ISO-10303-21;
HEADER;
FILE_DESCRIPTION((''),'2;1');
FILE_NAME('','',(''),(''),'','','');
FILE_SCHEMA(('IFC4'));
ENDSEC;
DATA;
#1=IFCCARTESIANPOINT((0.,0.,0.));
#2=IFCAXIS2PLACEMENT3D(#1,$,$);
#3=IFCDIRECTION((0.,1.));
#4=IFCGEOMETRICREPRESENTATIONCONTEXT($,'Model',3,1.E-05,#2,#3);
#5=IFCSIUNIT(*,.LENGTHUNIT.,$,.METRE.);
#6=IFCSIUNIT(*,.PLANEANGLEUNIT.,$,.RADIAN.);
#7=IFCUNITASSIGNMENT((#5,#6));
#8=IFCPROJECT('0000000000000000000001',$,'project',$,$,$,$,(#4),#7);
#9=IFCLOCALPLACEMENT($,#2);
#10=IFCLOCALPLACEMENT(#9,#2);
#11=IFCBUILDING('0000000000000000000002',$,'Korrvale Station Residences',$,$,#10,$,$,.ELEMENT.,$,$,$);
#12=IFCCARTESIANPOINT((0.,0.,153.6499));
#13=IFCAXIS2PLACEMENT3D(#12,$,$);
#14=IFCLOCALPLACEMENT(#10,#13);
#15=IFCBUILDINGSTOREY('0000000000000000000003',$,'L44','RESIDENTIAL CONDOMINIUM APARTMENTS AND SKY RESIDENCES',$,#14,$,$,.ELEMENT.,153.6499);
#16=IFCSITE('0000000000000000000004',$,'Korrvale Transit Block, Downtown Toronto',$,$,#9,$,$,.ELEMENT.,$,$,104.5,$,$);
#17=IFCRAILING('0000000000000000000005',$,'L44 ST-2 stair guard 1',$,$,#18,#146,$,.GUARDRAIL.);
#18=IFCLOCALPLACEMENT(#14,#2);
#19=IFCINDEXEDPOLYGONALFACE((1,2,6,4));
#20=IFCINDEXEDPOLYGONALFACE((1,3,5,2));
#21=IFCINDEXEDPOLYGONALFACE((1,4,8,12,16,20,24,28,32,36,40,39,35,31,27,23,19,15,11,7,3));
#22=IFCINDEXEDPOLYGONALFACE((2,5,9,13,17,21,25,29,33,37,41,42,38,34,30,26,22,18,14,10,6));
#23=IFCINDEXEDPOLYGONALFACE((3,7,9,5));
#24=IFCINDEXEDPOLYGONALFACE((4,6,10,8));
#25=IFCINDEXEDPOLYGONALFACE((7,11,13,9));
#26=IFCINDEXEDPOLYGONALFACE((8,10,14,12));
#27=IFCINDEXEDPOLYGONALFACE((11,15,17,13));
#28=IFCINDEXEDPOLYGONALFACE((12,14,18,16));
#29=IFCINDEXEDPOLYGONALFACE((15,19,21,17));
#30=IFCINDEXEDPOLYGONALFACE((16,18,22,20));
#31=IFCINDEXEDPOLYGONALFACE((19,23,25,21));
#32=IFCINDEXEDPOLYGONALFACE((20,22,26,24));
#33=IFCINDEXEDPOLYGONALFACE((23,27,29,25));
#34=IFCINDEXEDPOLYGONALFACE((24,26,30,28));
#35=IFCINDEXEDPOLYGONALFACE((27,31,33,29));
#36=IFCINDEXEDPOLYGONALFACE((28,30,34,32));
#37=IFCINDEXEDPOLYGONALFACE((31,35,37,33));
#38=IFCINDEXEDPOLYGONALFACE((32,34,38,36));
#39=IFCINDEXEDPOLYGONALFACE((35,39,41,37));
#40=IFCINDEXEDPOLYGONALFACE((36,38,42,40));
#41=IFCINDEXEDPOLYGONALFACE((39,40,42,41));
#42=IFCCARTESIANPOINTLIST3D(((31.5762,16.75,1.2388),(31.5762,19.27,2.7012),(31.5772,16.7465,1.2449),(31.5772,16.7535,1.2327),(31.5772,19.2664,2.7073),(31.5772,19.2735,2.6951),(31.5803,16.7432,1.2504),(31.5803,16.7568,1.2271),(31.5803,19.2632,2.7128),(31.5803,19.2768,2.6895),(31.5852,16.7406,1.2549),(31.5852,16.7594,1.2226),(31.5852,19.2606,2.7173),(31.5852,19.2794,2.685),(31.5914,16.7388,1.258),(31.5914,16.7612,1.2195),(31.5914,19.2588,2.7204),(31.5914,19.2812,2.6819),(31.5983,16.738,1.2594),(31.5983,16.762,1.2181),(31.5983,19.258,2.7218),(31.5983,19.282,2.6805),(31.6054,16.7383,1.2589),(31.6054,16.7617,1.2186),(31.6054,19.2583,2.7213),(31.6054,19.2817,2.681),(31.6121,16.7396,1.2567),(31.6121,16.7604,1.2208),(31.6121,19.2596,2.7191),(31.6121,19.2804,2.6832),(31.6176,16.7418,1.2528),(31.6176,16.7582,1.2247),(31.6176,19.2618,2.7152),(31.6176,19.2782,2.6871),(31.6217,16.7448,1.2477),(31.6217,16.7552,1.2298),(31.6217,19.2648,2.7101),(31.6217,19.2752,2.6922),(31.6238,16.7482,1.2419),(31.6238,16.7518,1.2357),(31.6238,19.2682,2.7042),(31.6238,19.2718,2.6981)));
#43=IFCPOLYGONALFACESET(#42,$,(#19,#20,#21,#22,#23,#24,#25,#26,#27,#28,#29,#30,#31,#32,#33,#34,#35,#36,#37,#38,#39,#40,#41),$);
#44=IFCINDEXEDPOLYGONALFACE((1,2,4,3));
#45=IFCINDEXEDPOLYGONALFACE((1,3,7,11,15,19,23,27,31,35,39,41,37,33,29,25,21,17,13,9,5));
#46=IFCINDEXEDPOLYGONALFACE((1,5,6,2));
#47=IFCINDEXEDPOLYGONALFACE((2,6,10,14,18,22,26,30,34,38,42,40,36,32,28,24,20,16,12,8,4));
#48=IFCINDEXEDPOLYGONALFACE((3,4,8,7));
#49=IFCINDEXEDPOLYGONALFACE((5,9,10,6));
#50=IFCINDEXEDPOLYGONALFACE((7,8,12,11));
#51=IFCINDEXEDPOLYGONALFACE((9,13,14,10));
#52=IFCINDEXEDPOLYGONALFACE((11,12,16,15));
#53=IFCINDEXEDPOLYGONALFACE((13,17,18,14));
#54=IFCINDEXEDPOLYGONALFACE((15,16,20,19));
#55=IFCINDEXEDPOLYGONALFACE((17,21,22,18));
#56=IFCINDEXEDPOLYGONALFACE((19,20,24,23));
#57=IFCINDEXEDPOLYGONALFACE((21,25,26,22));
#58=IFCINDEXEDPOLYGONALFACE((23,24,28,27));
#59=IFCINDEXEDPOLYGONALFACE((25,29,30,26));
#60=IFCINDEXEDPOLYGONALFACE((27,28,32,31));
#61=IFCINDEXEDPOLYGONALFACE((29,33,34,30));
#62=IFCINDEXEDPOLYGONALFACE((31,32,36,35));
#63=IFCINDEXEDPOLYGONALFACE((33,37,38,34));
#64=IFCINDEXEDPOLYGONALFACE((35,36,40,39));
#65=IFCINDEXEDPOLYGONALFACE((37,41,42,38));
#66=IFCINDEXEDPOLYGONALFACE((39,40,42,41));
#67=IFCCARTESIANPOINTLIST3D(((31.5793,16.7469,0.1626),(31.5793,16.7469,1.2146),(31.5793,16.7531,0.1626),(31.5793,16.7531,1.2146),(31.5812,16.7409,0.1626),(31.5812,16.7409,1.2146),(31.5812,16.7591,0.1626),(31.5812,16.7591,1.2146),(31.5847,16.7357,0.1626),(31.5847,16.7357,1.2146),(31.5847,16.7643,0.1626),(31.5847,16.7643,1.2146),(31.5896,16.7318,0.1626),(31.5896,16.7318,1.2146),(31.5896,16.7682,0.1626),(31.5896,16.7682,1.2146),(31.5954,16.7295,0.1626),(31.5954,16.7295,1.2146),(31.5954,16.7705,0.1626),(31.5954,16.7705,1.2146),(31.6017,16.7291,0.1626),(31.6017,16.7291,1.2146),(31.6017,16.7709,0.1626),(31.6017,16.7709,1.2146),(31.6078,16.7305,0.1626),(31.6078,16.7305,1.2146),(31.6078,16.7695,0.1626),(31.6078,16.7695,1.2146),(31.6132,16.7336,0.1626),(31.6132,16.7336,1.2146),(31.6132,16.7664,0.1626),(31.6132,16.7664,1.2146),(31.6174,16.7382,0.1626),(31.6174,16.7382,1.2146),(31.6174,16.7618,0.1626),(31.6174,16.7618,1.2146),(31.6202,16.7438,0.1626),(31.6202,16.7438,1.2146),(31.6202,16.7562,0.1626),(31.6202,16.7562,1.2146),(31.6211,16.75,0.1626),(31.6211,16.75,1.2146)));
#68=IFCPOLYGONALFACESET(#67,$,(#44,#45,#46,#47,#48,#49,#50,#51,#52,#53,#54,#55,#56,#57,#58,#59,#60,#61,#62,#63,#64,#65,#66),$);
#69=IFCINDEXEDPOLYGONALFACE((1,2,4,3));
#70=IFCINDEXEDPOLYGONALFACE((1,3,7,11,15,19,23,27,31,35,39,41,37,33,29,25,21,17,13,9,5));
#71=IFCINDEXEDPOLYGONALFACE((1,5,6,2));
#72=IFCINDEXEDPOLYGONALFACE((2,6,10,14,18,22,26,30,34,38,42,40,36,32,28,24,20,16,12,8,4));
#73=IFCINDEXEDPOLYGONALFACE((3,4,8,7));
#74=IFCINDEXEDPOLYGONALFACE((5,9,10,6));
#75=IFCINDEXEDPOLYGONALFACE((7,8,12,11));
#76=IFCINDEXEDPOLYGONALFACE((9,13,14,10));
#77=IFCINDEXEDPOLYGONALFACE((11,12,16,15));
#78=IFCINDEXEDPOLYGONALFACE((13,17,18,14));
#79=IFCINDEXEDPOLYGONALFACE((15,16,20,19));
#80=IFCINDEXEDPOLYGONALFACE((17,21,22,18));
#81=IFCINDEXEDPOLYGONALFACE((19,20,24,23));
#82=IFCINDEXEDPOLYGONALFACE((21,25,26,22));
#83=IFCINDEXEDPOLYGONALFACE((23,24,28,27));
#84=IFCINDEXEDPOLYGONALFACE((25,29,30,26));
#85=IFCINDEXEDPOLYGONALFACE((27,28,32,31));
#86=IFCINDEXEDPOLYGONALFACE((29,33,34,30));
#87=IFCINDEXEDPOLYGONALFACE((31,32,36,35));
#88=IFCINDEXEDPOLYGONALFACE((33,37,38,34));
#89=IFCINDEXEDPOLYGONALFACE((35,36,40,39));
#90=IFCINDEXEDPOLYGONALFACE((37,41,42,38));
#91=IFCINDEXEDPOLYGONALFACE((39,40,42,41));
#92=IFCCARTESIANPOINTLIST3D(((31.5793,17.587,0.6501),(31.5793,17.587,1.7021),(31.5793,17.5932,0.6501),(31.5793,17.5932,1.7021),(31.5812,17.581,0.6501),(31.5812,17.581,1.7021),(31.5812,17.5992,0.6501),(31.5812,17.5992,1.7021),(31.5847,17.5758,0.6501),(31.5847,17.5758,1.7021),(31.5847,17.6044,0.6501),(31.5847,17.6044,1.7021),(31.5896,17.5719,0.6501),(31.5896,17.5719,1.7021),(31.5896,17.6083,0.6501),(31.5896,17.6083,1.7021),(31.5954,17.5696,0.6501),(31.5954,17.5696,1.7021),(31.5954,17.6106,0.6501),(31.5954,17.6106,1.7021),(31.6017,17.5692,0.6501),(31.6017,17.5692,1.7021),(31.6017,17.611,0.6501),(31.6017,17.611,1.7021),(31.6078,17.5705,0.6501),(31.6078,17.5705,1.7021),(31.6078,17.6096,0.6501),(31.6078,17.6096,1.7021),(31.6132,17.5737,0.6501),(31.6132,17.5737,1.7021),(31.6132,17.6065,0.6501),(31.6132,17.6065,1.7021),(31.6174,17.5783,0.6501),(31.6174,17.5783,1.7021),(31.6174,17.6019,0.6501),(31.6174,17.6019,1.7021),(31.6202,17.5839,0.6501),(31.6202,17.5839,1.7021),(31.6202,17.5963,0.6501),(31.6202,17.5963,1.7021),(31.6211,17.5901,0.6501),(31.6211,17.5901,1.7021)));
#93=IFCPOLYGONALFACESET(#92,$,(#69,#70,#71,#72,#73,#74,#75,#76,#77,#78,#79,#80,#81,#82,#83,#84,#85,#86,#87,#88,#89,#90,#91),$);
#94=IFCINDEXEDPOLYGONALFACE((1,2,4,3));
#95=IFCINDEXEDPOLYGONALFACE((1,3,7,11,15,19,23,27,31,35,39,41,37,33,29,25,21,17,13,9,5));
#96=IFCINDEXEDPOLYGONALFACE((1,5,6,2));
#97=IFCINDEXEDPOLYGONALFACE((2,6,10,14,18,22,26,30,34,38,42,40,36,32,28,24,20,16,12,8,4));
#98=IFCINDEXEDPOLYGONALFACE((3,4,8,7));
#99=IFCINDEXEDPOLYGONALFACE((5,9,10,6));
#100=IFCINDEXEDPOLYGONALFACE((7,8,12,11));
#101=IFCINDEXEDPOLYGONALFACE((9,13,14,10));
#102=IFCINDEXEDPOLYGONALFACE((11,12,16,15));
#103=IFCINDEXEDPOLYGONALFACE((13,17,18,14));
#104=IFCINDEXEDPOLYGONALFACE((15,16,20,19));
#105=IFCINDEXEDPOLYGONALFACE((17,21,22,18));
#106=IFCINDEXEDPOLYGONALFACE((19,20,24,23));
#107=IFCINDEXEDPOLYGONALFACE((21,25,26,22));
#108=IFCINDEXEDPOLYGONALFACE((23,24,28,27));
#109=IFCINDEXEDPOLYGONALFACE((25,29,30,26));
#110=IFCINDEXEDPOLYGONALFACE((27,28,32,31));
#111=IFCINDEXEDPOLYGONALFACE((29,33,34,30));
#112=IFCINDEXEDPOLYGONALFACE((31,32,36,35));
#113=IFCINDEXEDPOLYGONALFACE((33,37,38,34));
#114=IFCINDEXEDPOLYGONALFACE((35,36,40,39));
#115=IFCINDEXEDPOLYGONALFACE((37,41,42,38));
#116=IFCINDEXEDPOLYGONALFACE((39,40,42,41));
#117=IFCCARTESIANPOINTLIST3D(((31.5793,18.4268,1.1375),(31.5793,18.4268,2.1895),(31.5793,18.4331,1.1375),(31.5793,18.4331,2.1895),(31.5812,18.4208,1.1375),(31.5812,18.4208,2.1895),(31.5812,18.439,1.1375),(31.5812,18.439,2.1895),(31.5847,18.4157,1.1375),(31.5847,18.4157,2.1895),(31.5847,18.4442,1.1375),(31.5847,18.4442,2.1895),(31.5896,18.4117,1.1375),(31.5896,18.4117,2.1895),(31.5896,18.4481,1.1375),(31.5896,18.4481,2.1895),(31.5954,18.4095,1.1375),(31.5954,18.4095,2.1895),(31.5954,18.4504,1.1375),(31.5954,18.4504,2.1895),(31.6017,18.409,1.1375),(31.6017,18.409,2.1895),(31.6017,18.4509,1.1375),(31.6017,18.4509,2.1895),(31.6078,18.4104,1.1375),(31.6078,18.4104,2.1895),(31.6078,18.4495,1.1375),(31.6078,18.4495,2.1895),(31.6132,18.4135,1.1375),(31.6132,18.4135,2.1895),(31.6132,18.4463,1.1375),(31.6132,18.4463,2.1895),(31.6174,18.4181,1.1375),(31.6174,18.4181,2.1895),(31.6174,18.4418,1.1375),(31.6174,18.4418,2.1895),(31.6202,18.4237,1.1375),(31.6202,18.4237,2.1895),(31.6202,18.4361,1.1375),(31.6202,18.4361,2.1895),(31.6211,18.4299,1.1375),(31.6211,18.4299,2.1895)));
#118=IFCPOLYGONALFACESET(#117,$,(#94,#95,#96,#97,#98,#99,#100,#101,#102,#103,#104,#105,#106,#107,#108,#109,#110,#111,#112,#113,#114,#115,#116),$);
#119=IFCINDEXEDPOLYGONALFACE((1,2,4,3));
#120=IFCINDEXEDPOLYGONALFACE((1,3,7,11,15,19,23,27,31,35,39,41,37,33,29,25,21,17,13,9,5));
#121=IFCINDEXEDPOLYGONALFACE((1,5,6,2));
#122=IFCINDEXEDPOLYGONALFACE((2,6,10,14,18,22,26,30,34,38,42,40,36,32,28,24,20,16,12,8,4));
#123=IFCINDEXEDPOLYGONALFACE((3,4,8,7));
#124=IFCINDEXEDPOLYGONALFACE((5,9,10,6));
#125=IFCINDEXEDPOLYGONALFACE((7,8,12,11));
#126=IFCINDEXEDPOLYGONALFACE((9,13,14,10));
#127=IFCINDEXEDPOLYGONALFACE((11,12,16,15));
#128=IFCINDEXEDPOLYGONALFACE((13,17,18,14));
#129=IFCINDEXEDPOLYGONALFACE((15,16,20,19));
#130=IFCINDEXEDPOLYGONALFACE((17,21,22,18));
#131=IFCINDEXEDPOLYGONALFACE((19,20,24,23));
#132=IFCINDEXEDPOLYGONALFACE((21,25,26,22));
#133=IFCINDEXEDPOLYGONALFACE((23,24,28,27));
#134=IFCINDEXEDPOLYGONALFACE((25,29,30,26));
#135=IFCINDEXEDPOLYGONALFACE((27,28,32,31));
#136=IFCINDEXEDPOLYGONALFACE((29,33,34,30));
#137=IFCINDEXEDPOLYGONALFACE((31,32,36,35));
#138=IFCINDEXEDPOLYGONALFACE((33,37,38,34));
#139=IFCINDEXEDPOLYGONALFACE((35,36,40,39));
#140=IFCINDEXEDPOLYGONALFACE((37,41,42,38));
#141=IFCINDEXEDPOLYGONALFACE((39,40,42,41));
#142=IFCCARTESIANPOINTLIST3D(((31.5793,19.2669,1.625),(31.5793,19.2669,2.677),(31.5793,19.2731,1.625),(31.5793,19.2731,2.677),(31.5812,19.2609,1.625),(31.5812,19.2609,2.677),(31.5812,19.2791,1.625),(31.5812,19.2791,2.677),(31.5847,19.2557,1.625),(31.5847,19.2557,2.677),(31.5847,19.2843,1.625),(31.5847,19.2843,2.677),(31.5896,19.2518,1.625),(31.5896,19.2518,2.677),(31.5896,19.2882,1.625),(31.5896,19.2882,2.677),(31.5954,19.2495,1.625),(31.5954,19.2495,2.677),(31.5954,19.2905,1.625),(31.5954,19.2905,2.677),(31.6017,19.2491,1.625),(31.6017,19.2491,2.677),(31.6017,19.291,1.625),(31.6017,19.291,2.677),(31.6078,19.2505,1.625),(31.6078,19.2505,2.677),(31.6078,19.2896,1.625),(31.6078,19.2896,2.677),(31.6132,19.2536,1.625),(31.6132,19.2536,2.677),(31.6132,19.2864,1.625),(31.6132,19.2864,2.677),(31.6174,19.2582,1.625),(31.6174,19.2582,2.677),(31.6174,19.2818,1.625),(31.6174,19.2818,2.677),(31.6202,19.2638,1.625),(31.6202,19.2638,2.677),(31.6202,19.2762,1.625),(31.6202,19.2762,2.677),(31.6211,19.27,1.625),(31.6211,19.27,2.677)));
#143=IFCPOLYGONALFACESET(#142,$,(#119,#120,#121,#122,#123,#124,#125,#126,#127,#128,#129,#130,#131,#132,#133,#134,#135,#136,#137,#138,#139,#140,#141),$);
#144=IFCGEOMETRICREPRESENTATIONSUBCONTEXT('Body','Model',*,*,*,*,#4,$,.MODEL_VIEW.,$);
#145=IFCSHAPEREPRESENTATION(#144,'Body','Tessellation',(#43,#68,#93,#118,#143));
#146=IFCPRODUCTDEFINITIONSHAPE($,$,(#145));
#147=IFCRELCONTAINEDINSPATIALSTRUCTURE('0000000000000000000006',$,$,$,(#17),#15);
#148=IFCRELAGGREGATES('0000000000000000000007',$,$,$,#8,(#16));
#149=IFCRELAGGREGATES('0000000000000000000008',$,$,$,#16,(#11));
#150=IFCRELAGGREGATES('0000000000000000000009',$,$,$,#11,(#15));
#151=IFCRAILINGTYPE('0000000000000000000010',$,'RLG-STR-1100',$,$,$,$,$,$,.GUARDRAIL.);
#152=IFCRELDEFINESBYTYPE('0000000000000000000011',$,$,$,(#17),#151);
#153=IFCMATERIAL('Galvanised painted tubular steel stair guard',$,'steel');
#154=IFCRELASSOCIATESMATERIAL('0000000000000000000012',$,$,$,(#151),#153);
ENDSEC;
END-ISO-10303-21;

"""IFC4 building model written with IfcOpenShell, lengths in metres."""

from ifc_helpers import new_model, si_unit, direction, frame, origin, origin_2d, place, context, subcontext, project, spatial, circle, extrude, material, type_object, element, save


model = new_model("IFC4")

# Units and contexts
model_context = context("Model", 3, precision=1e-05, world=origin(), true_north=direction((0.0, 1.0)))
body_context = subcontext(model_context, "Body", "Model", "MODEL_VIEW")
ifc_project = project(units=[si_unit("LENGTHUNIT", "METRE"), si_unit("PLANEANGLEUNIT", "RADIAN")], contexts=[model_context])

# Site, building, storey
site_placement = place(None, origin())
site = spatial("IfcSite", under=ifc_project, at=site_placement, Name="Korrvale Transit Block, Downtown Toronto", CompositionType="ELEMENT", RefElevation=104.5)
building_placement = place(site_placement, origin())
building = spatial("IfcBuilding", under=site, at=building_placement, Name="Korrvale Station Residences", CompositionType="ELEMENT")
storey_placement = place(building_placement, frame((0.0, 0.0, 153.6499)))
storey = spatial("IfcBuildingStorey", under=building, at=storey_placement, Name="L44", Description="RESIDENTIAL CONDOMINIUM APARTMENTS AND SKY RESIDENCES", CompositionType="ELEMENT", Elevation=153.6499)

# Railing
ifc_material_1 = material(Name="Galvanised painted tubular steel stair guard", Category="steel")
railing_type_1 = type_object("IfcRailingType", Name="RLG-STR-1100", PredefinedType="GUARDRAIL", material=ifc_material_1)
railing_1_placement = place(storey_placement, frame((31.6001, 16.75, 0.1626)))
element("IfcRailing", 1, at=railing_1_placement, inside=storey, type_object=railing_type_1, Name="L44 ST-2 stair guard 1", PredefinedType="GUARDRAIL", context=body_context, shape_type="SweptSolid", body=[
    extrude(circle(Radius=0.0239, at=origin_2d()), frame((0.0, 0.0, 1.0762), z_axis=(0.0, 0.864913, 0.501921), x_axis=(-1.0, 0.0, 0.0)), (0.0, 0.0, 1.0), 2.9136),
    extrude(circle(Radius=0.021, at=origin_2d()), origin(), (0.0, 0.0, 1.0), 1.052),
    extrude(circle(Radius=0.021, at=origin_2d()), frame((0.0, 0.8401, 0.4875)), (0.0, 0.0, 1.0), 1.052),
    extrude(circle(Radius=0.021, at=origin_2d()), frame((0.0, 1.6799, 0.9749)), (0.0, 0.0, 1.0), 1.052),
    extrude(circle(Radius=0.021, at=origin_2d()), frame((0.0, 2.52, 1.4624)), (0.0, 0.0, 1.0), 1.052),
])

save(model, "model.ifc")
